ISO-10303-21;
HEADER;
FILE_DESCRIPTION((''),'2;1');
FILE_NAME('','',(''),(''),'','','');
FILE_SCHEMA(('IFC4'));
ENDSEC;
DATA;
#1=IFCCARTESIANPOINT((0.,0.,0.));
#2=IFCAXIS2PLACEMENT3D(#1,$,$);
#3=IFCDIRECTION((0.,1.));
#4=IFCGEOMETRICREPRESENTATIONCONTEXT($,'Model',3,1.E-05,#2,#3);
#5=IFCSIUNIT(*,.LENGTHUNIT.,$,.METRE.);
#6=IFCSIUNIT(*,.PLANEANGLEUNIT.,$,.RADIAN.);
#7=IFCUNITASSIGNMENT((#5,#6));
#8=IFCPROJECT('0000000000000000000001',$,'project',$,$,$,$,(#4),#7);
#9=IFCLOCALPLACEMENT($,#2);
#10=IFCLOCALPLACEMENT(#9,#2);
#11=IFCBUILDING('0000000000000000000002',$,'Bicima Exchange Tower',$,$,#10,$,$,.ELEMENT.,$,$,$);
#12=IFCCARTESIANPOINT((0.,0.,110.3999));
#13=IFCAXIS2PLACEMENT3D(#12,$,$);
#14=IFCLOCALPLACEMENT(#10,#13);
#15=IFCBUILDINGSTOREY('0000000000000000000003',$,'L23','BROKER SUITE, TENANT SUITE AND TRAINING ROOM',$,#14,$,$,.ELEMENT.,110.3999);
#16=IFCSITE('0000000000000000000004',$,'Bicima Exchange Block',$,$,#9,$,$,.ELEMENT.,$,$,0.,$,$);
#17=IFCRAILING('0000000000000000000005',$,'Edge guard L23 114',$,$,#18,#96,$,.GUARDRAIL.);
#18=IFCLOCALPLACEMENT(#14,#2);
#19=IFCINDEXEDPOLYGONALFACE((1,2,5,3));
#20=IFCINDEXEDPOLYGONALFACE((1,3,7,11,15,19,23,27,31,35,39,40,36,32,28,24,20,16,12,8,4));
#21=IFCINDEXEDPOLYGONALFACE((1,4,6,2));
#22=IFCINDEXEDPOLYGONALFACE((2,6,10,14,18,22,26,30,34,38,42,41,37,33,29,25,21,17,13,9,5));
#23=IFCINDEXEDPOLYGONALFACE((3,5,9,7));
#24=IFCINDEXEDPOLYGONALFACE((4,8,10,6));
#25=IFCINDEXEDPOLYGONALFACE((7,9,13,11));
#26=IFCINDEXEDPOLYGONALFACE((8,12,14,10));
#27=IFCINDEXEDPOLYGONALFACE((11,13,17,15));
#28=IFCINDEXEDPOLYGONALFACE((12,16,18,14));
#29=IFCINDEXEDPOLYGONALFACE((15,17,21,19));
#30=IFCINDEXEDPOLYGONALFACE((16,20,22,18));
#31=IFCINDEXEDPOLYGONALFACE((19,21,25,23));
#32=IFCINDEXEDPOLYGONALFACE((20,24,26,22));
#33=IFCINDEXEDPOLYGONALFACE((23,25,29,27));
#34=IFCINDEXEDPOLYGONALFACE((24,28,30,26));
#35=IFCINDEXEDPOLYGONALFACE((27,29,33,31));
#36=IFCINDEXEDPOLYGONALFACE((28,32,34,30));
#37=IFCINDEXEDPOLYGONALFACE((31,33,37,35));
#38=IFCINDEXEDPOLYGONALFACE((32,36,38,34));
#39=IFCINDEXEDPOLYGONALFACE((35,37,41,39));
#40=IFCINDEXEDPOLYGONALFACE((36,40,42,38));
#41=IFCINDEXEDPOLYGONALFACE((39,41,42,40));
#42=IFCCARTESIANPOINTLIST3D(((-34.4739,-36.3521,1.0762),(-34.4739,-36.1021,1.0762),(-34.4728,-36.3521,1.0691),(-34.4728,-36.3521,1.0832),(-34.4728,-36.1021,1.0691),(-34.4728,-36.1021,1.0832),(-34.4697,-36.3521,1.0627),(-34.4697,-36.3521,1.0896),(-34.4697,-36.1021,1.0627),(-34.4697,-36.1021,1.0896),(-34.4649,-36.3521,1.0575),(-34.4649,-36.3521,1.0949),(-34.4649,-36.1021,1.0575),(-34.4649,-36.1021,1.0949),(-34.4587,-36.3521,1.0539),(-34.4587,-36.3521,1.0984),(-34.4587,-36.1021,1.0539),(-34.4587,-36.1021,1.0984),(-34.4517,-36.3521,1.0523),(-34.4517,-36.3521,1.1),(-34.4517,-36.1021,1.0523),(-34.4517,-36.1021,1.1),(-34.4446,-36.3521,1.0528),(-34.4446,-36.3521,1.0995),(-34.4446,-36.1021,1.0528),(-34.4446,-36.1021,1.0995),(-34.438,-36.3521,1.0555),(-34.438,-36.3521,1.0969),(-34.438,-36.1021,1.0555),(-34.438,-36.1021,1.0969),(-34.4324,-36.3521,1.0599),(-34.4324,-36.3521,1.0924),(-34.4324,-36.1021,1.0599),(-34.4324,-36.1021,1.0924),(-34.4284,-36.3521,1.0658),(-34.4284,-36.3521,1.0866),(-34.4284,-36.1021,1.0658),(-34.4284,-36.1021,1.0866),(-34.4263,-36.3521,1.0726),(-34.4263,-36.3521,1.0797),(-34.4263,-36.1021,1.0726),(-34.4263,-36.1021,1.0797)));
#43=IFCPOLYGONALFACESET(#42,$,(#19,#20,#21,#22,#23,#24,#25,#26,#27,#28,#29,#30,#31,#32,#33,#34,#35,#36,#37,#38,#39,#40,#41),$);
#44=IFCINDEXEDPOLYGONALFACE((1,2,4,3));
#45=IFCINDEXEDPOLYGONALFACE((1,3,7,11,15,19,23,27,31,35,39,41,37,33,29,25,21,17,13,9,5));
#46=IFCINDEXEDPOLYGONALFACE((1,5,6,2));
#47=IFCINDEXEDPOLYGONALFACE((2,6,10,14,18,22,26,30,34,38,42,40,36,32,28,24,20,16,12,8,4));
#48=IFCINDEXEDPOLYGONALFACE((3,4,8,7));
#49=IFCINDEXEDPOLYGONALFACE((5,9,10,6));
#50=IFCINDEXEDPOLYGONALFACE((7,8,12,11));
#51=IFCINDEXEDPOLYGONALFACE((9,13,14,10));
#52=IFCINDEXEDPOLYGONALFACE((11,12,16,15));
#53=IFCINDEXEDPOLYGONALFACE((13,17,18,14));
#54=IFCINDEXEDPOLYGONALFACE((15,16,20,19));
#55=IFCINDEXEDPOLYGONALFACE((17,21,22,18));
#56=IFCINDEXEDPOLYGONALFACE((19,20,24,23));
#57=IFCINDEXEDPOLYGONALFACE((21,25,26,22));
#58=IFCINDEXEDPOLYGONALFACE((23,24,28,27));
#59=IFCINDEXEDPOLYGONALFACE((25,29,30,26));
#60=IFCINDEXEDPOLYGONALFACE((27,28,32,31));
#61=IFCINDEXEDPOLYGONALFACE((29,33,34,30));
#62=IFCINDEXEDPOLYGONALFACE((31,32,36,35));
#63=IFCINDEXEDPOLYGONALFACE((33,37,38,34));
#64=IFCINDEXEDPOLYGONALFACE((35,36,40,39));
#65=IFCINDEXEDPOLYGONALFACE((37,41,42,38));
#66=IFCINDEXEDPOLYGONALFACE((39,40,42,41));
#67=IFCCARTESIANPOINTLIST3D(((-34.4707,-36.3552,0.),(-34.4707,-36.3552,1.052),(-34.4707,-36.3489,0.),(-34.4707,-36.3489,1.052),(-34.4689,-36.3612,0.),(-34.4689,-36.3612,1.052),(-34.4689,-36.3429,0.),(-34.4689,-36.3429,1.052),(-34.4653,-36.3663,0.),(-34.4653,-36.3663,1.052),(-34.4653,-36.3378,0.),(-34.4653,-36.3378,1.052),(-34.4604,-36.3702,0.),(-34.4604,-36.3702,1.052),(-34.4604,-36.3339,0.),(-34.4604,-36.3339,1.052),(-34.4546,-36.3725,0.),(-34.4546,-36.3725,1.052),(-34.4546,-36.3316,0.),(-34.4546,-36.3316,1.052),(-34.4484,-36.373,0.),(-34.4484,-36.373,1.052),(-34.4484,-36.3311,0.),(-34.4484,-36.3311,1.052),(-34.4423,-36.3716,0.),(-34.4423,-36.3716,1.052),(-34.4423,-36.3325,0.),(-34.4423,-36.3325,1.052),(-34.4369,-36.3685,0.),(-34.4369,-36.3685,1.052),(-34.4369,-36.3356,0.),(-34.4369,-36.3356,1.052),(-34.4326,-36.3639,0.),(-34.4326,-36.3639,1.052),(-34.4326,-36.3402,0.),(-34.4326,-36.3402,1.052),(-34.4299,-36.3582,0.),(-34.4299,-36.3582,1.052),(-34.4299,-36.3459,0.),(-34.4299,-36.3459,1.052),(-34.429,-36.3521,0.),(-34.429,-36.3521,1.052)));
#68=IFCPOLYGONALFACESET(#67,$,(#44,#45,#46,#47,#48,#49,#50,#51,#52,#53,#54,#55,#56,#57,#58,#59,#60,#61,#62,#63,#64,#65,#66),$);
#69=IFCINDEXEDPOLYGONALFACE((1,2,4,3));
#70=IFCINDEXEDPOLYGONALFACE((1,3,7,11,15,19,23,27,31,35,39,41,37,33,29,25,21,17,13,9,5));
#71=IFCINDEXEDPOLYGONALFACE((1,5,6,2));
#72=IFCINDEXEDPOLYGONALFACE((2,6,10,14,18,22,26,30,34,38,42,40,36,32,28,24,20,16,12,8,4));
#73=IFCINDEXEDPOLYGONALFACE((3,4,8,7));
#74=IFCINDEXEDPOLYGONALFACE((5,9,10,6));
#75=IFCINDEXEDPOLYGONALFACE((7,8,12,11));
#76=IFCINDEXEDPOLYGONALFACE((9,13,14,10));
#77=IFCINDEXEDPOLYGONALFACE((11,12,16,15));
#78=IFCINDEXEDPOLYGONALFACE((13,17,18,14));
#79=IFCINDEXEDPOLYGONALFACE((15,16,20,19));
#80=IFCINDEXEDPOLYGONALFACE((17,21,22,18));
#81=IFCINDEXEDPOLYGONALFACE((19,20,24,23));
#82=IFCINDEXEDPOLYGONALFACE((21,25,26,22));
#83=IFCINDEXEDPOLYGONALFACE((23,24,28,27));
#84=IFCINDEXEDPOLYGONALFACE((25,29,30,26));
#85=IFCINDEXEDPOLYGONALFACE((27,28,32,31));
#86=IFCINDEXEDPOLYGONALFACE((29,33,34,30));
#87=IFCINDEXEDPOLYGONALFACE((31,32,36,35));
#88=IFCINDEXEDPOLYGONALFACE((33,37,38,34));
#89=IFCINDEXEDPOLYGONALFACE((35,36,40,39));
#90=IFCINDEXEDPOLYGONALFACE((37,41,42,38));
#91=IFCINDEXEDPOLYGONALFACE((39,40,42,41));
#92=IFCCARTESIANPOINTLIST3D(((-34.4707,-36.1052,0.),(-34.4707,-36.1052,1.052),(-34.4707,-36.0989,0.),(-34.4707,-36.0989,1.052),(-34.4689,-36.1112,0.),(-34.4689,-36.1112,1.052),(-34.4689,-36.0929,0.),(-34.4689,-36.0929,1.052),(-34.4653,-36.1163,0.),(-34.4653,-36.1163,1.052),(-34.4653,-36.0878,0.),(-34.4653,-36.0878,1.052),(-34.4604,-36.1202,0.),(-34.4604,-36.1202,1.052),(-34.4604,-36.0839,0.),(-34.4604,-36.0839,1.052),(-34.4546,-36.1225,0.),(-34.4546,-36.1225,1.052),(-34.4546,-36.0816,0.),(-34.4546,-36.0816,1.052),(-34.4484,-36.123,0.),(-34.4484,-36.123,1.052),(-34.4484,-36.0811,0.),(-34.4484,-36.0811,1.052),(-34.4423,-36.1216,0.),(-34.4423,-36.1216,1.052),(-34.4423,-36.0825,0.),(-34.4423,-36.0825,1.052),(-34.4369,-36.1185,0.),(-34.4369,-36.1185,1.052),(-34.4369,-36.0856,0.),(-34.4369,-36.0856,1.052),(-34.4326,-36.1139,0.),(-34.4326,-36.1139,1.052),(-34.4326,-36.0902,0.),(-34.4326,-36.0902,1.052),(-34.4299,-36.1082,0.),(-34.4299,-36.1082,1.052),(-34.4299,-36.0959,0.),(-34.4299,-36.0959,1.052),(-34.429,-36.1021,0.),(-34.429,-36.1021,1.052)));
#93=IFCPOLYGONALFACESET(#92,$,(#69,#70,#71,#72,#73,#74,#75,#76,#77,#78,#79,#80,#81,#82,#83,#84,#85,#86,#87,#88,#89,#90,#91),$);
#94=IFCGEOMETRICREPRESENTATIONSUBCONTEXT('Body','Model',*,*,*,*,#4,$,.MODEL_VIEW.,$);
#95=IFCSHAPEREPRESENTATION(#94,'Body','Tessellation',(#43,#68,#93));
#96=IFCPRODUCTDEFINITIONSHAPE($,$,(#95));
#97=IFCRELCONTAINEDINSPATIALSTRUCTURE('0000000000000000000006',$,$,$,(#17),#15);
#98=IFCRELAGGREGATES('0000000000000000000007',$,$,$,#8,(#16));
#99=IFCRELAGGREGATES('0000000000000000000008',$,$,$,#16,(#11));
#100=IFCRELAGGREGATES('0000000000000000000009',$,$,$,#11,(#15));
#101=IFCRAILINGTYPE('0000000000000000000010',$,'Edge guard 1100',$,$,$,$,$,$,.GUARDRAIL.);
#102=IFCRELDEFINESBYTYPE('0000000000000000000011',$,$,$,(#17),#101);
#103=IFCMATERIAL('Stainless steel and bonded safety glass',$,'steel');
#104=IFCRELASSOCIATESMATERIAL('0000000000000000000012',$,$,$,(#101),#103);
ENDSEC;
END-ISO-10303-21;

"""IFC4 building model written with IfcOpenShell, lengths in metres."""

from ifc_helpers import new_model, si_unit, direction, frame, origin, origin_2d, place, context, subcontext, project, spatial, circle, extrude, material, type_object, element, save


model = new_model("IFC4")

# Units and contexts
model_context = context("Model", 3, precision=1e-05, world=origin(), true_north=direction((0.0, 1.0)))
body_context = subcontext(model_context, "Body", "Model", "MODEL_VIEW")
ifc_project = project(units=[si_unit("LENGTHUNIT", "METRE"), si_unit("PLANEANGLEUNIT", "RADIAN")], contexts=[model_context])

# Site, building, storey
site_placement = place(None, origin())
site = spatial("IfcSite", under=ifc_project, at=site_placement, Name="Bicima Exchange Block", CompositionType="ELEMENT", RefElevation=0.0)
building_placement = place(site_placement, origin())
building = spatial("IfcBuilding", under=site, at=building_placement, Name="Bicima Exchange Tower", CompositionType="ELEMENT")
storey_placement = place(building_placement, frame((0.0, 0.0, 110.3999)))
storey = spatial("IfcBuildingStorey", under=building, at=storey_placement, Name="L23", Description="BROKER SUITE, TENANT SUITE AND TRAINING ROOM", CompositionType="ELEMENT", Elevation=110.3999)

# Railing
ifc_material_1 = material(Name="Stainless steel and bonded safety glass", Category="steel")
railing_type = type_object("IfcRailingType", Name="Edge guard 1100", PredefinedType="GUARDRAIL", material=ifc_material_1)
railing_1_placement = place(storey_placement, frame((-34.45, -36.3521, 0.0)))
element("IfcRailing", 1, at=railing_1_placement, inside=storey, type_object=railing_type, Name="Edge guard L23 114", PredefinedType="GUARDRAIL", context=body_context, shape_type="SweptSolid", body=[
    extrude(circle(Radius=0.0239, at=origin_2d()), frame((0.0, 0.0, 1.0762), z_axis=(0.0, 1.0, 0.0), x_axis=(-1.0, 0.0, 0.0)), (0.0, 0.0, 1.0), 0.25),
    extrude(circle(Radius=0.021, at=origin_2d()), origin(), (0.0, 0.0, 1.0), 1.052),
    extrude(circle(Radius=0.021, at=origin_2d()), frame((0.0, 0.25, 0.0)), (0.0, 0.0, 1.0), 1.052),
])

save(model, "model.ifc")
